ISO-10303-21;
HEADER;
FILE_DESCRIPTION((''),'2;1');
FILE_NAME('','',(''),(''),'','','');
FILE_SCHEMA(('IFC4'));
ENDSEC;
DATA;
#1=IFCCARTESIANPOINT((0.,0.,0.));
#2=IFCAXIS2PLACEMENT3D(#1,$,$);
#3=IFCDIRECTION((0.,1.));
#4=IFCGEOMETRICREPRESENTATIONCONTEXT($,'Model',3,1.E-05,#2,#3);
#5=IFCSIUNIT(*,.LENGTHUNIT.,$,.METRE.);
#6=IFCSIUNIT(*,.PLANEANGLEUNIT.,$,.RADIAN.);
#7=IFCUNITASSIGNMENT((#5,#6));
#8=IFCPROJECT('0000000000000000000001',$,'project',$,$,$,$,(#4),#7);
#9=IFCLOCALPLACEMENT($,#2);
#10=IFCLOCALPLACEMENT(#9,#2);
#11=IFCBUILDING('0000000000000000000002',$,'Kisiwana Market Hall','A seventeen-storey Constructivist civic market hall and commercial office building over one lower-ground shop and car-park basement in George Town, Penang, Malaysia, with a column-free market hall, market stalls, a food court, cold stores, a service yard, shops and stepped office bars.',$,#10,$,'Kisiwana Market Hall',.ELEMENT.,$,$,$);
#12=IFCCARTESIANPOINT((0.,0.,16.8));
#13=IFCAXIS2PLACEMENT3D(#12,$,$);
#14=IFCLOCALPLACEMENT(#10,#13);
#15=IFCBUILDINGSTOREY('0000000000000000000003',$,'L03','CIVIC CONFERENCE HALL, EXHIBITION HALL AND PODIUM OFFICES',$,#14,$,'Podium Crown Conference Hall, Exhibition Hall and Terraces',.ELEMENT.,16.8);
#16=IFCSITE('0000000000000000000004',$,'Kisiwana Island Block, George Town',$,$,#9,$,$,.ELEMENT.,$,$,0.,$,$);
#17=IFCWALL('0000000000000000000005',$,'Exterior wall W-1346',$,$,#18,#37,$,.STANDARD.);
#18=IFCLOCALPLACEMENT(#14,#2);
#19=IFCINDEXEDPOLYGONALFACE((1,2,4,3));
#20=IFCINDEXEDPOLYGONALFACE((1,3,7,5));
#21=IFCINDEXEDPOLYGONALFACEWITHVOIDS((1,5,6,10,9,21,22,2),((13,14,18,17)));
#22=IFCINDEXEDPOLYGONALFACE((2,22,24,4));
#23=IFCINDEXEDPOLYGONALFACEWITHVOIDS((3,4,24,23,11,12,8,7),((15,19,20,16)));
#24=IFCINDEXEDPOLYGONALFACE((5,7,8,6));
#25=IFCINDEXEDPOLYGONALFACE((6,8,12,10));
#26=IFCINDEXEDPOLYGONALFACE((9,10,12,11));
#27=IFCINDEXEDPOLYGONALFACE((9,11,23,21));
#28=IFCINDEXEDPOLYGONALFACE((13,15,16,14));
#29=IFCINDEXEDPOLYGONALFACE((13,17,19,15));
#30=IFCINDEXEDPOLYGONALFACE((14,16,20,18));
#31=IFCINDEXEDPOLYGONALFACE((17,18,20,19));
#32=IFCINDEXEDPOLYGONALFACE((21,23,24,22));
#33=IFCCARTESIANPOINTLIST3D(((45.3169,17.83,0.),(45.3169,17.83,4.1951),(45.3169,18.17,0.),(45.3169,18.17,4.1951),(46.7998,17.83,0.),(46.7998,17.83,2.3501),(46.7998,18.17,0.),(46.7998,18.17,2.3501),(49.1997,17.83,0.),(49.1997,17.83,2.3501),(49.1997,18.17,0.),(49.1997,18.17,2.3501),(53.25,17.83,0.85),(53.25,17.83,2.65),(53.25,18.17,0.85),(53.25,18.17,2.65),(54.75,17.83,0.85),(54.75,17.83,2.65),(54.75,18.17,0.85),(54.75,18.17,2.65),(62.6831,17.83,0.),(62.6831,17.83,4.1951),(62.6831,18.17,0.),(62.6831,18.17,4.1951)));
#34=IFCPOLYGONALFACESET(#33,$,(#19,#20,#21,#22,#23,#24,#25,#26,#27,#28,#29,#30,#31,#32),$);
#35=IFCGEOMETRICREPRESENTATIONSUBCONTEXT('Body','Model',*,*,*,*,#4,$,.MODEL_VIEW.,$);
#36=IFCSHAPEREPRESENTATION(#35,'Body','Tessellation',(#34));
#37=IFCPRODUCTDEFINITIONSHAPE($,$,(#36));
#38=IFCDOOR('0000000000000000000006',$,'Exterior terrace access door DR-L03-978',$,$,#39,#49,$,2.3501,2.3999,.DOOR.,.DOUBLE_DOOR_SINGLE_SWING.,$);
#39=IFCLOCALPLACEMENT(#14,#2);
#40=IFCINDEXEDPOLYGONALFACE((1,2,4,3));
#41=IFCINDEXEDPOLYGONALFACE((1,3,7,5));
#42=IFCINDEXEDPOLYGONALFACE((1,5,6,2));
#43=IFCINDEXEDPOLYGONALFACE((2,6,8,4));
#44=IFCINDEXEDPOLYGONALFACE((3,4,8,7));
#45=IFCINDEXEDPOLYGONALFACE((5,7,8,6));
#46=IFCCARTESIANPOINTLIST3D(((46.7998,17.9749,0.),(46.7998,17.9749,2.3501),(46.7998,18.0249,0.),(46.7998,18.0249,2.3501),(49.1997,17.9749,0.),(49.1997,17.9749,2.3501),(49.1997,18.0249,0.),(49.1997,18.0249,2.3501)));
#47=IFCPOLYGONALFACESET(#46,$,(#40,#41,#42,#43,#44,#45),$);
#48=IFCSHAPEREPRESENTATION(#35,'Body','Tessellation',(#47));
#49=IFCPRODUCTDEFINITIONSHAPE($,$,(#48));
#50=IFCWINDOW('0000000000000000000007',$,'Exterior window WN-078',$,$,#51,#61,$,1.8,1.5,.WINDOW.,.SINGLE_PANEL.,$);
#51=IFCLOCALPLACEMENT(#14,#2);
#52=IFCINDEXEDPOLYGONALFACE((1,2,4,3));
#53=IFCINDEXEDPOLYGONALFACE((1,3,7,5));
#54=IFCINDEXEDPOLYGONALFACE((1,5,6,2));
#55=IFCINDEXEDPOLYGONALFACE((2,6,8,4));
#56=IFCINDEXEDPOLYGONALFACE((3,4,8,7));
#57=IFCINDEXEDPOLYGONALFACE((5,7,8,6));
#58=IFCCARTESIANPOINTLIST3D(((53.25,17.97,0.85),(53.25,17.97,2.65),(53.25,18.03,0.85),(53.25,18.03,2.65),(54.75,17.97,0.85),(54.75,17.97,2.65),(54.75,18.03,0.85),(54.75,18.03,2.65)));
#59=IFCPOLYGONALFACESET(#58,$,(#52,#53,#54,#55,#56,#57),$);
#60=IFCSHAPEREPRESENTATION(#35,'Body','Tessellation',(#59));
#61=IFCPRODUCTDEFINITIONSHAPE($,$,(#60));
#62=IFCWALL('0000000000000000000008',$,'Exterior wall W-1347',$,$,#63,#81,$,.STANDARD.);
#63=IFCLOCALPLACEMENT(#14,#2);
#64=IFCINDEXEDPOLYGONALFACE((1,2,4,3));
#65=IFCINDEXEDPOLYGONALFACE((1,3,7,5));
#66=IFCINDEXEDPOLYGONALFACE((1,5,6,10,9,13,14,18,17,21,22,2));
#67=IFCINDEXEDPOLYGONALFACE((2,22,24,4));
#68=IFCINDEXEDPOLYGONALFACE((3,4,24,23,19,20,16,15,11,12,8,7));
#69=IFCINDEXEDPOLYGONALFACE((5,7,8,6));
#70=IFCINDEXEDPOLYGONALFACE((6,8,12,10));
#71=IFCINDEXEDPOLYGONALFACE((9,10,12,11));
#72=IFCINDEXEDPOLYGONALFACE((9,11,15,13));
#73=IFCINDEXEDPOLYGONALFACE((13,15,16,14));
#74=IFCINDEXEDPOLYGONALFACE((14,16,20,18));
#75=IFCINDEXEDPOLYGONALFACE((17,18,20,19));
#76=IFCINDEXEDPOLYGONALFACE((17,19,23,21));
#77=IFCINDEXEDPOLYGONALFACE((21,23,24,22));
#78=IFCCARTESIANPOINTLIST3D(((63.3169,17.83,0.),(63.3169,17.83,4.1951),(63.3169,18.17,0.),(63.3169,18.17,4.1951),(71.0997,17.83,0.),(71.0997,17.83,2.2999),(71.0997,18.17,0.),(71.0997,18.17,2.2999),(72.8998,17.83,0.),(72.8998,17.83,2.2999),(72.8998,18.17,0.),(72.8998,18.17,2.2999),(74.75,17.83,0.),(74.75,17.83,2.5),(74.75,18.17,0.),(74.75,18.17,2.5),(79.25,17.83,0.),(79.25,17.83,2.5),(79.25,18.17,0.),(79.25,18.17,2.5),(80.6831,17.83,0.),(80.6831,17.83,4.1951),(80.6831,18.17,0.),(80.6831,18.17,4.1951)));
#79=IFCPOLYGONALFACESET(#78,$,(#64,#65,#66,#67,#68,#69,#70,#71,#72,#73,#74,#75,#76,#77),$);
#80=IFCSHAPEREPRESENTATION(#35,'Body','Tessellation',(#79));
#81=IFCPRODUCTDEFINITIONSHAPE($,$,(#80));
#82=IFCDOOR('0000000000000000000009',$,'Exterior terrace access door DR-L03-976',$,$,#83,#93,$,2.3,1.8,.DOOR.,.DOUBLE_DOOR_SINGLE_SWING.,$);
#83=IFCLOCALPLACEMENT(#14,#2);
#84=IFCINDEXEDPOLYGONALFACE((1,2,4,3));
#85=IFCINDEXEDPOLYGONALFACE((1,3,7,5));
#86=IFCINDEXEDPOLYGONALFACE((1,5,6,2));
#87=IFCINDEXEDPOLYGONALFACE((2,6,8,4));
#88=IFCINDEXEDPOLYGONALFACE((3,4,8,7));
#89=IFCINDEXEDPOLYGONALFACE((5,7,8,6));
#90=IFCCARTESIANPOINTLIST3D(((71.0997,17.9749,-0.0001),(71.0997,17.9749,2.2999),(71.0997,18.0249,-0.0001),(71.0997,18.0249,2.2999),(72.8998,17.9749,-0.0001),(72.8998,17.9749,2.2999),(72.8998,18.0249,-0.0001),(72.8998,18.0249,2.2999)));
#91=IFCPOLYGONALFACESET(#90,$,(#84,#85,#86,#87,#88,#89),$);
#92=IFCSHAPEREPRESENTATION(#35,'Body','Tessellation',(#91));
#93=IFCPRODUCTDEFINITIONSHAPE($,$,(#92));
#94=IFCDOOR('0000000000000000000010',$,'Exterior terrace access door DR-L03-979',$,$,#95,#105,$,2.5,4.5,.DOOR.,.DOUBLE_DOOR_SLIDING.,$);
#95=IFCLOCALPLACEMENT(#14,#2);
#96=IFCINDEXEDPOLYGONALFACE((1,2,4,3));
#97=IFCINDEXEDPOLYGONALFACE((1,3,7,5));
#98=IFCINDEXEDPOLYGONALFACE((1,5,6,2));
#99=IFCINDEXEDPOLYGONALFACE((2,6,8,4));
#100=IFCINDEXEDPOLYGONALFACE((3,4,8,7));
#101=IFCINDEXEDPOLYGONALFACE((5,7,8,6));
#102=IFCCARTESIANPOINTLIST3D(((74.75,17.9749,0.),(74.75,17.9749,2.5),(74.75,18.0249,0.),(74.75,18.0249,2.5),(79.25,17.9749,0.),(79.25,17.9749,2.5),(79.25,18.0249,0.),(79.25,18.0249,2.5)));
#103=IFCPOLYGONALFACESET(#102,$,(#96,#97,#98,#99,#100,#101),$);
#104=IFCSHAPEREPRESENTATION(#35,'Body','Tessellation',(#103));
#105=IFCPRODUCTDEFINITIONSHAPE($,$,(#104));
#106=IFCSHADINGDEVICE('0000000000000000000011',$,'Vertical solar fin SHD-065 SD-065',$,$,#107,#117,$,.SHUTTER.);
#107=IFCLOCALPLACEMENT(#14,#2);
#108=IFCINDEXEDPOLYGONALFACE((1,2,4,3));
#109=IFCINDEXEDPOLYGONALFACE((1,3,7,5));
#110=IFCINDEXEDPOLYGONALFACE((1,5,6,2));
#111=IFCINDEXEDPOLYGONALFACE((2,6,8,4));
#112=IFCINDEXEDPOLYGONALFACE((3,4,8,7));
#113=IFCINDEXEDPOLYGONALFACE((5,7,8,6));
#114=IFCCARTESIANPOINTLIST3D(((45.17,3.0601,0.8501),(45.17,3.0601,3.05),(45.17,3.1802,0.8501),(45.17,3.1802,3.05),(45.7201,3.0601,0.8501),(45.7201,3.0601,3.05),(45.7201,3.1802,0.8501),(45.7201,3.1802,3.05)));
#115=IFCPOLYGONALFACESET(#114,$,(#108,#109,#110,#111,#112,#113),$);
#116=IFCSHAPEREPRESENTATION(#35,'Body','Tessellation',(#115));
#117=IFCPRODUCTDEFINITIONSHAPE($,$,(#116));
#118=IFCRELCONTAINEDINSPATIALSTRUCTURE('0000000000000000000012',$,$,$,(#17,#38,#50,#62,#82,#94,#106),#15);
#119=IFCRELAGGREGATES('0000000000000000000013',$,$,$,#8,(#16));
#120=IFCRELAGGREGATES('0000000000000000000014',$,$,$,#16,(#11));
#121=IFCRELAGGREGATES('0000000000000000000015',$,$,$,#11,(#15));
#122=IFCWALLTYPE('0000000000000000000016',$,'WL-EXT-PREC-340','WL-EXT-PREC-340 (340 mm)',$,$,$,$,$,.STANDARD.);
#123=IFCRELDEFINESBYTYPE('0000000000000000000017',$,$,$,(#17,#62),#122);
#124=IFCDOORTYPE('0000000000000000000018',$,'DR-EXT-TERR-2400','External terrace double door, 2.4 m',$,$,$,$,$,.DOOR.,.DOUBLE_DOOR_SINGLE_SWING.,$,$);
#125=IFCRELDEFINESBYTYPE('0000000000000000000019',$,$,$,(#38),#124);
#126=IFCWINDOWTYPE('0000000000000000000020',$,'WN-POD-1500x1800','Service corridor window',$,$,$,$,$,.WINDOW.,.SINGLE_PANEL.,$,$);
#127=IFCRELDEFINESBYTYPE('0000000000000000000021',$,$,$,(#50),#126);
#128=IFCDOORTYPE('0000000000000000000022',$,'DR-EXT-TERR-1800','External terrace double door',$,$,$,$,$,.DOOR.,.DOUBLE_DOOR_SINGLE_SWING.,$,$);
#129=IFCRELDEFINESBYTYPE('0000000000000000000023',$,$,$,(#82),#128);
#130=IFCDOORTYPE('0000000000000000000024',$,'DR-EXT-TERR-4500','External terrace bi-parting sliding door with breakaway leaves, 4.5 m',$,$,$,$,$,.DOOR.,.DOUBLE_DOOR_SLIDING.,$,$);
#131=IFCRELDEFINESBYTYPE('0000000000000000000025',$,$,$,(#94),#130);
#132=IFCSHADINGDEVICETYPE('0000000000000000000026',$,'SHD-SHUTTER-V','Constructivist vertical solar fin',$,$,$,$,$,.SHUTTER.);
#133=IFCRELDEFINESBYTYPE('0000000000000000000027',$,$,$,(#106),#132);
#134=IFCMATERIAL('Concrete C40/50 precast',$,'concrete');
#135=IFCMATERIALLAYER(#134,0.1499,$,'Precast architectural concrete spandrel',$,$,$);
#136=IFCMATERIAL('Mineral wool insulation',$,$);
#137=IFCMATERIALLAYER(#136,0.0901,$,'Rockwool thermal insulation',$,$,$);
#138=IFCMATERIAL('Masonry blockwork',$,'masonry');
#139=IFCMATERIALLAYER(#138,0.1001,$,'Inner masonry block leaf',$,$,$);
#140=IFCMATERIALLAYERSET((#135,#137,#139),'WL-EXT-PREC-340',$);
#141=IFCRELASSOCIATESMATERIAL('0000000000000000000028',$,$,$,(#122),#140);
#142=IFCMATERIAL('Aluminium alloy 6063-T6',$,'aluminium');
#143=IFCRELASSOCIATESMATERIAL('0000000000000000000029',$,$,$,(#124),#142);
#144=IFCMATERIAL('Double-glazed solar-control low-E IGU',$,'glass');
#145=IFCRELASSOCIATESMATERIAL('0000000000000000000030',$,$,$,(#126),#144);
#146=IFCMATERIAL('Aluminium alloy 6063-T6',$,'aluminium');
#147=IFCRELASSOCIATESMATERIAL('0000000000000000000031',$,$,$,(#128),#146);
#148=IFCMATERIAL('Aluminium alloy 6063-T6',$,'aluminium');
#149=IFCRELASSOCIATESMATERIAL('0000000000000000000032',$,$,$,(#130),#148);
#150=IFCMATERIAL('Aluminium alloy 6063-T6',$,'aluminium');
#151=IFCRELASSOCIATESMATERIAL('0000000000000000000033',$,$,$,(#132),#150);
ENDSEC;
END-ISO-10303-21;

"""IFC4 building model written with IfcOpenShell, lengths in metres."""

from ifc_helpers import new_model, si_unit, direction, frame, frame_2d, origin, origin_2d, place, context, subcontext, project, spatial, rectangle, extrude, material, layer, layer_set, type_object, element, fill, save


model = new_model("IFC4")

# Units and contexts
model_context = context("Model", 3, precision=1e-05, world=origin(), true_north=direction((0.0, 1.0)))
body_context = subcontext(model_context, "Body", "Model", "MODEL_VIEW")
ifc_project = project(units=[si_unit("LENGTHUNIT", "METRE"), si_unit("PLANEANGLEUNIT", "RADIAN")], contexts=[model_context])

# Site, building, storey
site_placement = place(None, origin())
site = spatial("IfcSite", under=ifc_project, at=site_placement, Name="Kisiwana Island Block, George Town", CompositionType="ELEMENT", RefElevation=0.0)
building_placement = place(site_placement, origin())
building = spatial("IfcBuilding", under=site, at=building_placement, Name="Kisiwana Market Hall", Description="A seventeen-storey Constructivist civic market hall and commercial office building over one lower-ground shop and car-park basement in George Town, Penang, Malaysia, with a column-free market hall, market stalls, a food court, cold stores, a service yard, shops and stepped office bars.", LongName="Kisiwana Market Hall", CompositionType="ELEMENT")
storey_placement = place(building_placement, frame((0.0, 0.0, 16.8)))
storey = spatial("IfcBuildingStorey", under=building, at=storey_placement, Name="L03", Description="CIVIC CONFERENCE HALL, EXHIBITION HALL AND PODIUM OFFICES", LongName="Podium Crown Conference Hall, Exhibition Hall and Terraces", CompositionType="ELEMENT", Elevation=16.8)

# Wall, openings, door, window
ifc_material_1 = material(Name="Concrete C40/50 precast", Category="concrete")
ifc_layer_1 = layer(ifc_material_1, 0.1499, Name="Precast architectural concrete spandrel")
ifc_material_2 = material(Name="Mineral wool insulation")
ifc_layer_2 = layer(ifc_material_2, 0.0901, Name="Rockwool thermal insulation")
ifc_material_3 = material(Name="Masonry blockwork", Category="masonry")
ifc_layer_3 = layer(ifc_material_3, 0.1001, Name="Inner masonry block leaf")
ifc_layer_set_1 = layer_set([ifc_layer_1, ifc_layer_2, ifc_layer_3], Name="WL-EXT-PREC-340")
wall_type_1 = type_object("IfcWallType", Name="WL-EXT-PREC-340", Description="WL-EXT-PREC-340 (340 mm)", PredefinedType="STANDARD", material=ifc_layer_set_1)
wall_1_placement = place(storey_placement, frame((45.3169, 18.0, 0.0), z_axis=(0.0, 0.0, 1.0), x_axis=(1.0, 0.0, 0.0)))
wall_1 = element("IfcWall", 1, at=wall_1_placement, inside=storey, type_object=wall_type_1, Name="Exterior wall W-1346", PredefinedType="STANDARD", context=body_context, shape_type="SweptSolid", body=[
    extrude(rectangle(XDim=17.3662, YDim=0.3401, at=frame_2d((8.6831, 0.0))), origin(), (0.0, 0.0, 1.0), 4.1951),
])
opening_1_placement = place(wall_1_placement, frame((7.9331, 0.0, 0.8501)))
opening_1 = element("IfcOpeningElement", 2, at=opening_1_placement, cuts=wall_1, PredefinedType="OPENING", context=body_context, shape_type="SweptSolid", body=[
    extrude(rectangle(XDim=1.5, YDim=1.8, at=frame_2d((0.75, 0.8999))), frame((0.0, 0.1821, 0.0), z_axis=(0.0, -1.0, 0.0), x_axis=(1.0, 0.0, 0.0)), (0.0, 0.0, 1.0), 0.364),
])
opening_2_placement = place(wall_1_placement, frame((1.4829, 0.0, 0.0)))
opening_2 = element("IfcOpeningElement", 3, at=opening_2_placement, cuts=wall_1, PredefinedType="OPENING", context=body_context, shape_type="SweptSolid", body=[
    extrude(rectangle(XDim=2.3999, YDim=2.3501, at=frame_2d((1.2, 1.175))), frame((0.0, 0.1821, 0.0), z_axis=(0.0, -1.0, 0.0), x_axis=(1.0, 0.0, 0.0)), (0.0, 0.0, 1.0), 0.364),
])
ifc_material_4 = material(Name="Aluminium alloy 6063-T6", Category="aluminium")
door_type_1 = type_object("IfcDoorType", Name="DR-EXT-TERR-2400", Description="External terrace double door, 2.4 m", OperationType="DOUBLE_DOOR_SINGLE_SWING", PredefinedType="DOOR", material=ifc_material_4)
door_1_placement = place(opening_2_placement, origin())
door_1 = element("IfcDoor", 4, at=door_1_placement, inside=storey, type_object=door_type_1, Name="Exterior terrace access door DR-L03-978", OperationType="DOUBLE_DOOR_SINGLE_SWING", OverallHeight=2.3501, OverallWidth=2.3999, PredefinedType="DOOR", context=body_context, shape_type="SweptSolid", body=[
    extrude(rectangle(XDim=2.3999, YDim=2.3501, at=frame_2d((1.2, 1.175))), frame((0.0, 0.0249, 0.0), z_axis=(0.0, -1.0, 0.0), x_axis=(1.0, 0.0, 0.0)), (0.0, 0.0, 1.0), 0.05),
])
fill(opening_2, door_1)
ifc_material_5 = material(Name="Double-glazed solar-control low-E IGU", Category="glass")
window_type = type_object("IfcWindowType", Name="WN-POD-1500x1800", Description="Service corridor window", PartitioningType="SINGLE_PANEL", PredefinedType="WINDOW", material=ifc_material_5)
window_placement = place(opening_1_placement, origin())
window = element("IfcWindow", 5, at=window_placement, inside=storey, type_object=window_type, Name="Exterior window WN-078", OverallHeight=1.8, OverallWidth=1.5, PartitioningType="SINGLE_PANEL", PredefinedType="WINDOW", context=body_context, shape_type="SweptSolid", body=[
    extrude(rectangle(XDim=1.5, YDim=1.8, at=frame_2d((0.75, 0.8999))), frame((0.0, 0.03, 0.0), z_axis=(0.0, -1.0, 0.0), x_axis=(1.0, 0.0, 0.0)), (0.0, 0.0, 1.0), 0.0601),
])
fill(opening_1, window)

# Wall, openings, doors
wall_2_placement = place(storey_placement, frame((63.3169, 18.0, 0.0), z_axis=(0.0, 0.0, 1.0), x_axis=(1.0, 0.0, 0.0)))
wall_2 = element("IfcWall", 6, at=wall_2_placement, inside=storey, type_object=wall_type_1, Name="Exterior wall W-1347", PredefinedType="STANDARD", context=body_context, shape_type="SweptSolid", body=[
    extrude(rectangle(XDim=17.3662, YDim=0.3401, at=frame_2d((8.6831, 0.0))), origin(), (0.0, 0.0, 1.0), 4.1951),
])
opening_3_placement = place(wall_2_placement, frame((7.783, 0.0, 0.0)))
opening_3 = element("IfcOpeningElement", 7, at=opening_3_placement, cuts=wall_2, PredefinedType="OPENING", context=body_context, shape_type="SweptSolid", body=[
    extrude(rectangle(XDim=1.8, YDim=2.3, at=frame_2d((0.8999, 1.1499))), frame((0.0, 0.1821, 0.0), z_axis=(0.0, -1.0, 0.0), x_axis=(1.0, 0.0, 0.0)), (0.0, 0.0, 1.0), 0.364),
])
opening_4_placement = place(wall_2_placement, frame((11.4331, 0.0, 0.0)))
opening_4 = element("IfcOpeningElement", 8, at=opening_4_placement, cuts=wall_2, PredefinedType="OPENING", context=body_context, shape_type="SweptSolid", body=[
    extrude(rectangle(XDim=4.5, YDim=2.5, at=frame_2d((2.25, 1.25))), frame((0.0, 0.1821, 0.0), z_axis=(0.0, -1.0, 0.0), x_axis=(1.0, 0.0, 0.0)), (0.0, 0.0, 1.0), 0.364),
])
ifc_material_6 = material(Name="Aluminium alloy 6063-T6", Category="aluminium")
door_type_2 = type_object("IfcDoorType", Name="DR-EXT-TERR-1800", Description="External terrace double door", OperationType="DOUBLE_DOOR_SINGLE_SWING", PredefinedType="DOOR", material=ifc_material_6)
door_2_placement = place(opening_3_placement, origin())
door_2 = element("IfcDoor", 9, at=door_2_placement, inside=storey, type_object=door_type_2, Name="Exterior terrace access door DR-L03-976", OperationType="DOUBLE_DOOR_SINGLE_SWING", OverallHeight=2.3, OverallWidth=1.8, PredefinedType="DOOR", context=body_context, shape_type="SweptSolid", body=[
    extrude(rectangle(XDim=1.8, YDim=2.3, at=frame_2d((0.8999, 1.1499))), frame((0.0, 0.0249, 0.0), z_axis=(0.0, -1.0, 0.0), x_axis=(1.0, 0.0, 0.0)), (0.0, 0.0, 1.0), 0.05),
])
fill(opening_3, door_2)
ifc_material_7 = material(Name="Aluminium alloy 6063-T6", Category="aluminium")
door_type_3 = type_object("IfcDoorType", Name="DR-EXT-TERR-4500", Description="External terrace bi-parting sliding door with breakaway leaves, 4.5 m", OperationType="DOUBLE_DOOR_SLIDING", PredefinedType="DOOR", material=ifc_material_7)
door_3_placement = place(opening_4_placement, origin())
door_3 = element("IfcDoor", 10, at=door_3_placement, inside=storey, type_object=door_type_3, Name="Exterior terrace access door DR-L03-979", OperationType="DOUBLE_DOOR_SLIDING", OverallHeight=2.5, OverallWidth=4.5, PredefinedType="DOOR", context=body_context, shape_type="SweptSolid", body=[
    extrude(rectangle(XDim=4.5, YDim=2.5, at=frame_2d((2.25, 1.25))), frame((0.0, 0.0249, 0.0), z_axis=(0.0, -1.0, 0.0), x_axis=(1.0, 0.0, 0.0)), (0.0, 0.0, 1.0), 0.05),
])
fill(opening_4, door_3)

# Shading device
ifc_material_8 = material(Name="Aluminium alloy 6063-T6", Category="aluminium")
shading_device_type = type_object("IfcShadingDeviceType", Name="SHD-SHUTTER-V", Description="Constructivist vertical solar fin", PredefinedType="SHUTTER", material=ifc_material_8)
shading_device_placement = place(storey_placement, frame((45.4451, 3.1201, 0.8501), z_axis=(0.0, 0.0, 1.0), x_axis=(0.0, 1.0, 0.0)))
element("IfcShadingDevice", 11, at=shading_device_placement, inside=storey, type_object=shading_device_type, Name="Vertical solar fin SHD-065 SD-065", PredefinedType="SHUTTER", context=body_context, shape_type="SweptSolid", body=[
    extrude(rectangle(XDim=0.1201, YDim=0.55, at=origin_2d()), origin(), (0.0, 0.0, 1.0), 2.2),
])

save(model, "model.ifc")
